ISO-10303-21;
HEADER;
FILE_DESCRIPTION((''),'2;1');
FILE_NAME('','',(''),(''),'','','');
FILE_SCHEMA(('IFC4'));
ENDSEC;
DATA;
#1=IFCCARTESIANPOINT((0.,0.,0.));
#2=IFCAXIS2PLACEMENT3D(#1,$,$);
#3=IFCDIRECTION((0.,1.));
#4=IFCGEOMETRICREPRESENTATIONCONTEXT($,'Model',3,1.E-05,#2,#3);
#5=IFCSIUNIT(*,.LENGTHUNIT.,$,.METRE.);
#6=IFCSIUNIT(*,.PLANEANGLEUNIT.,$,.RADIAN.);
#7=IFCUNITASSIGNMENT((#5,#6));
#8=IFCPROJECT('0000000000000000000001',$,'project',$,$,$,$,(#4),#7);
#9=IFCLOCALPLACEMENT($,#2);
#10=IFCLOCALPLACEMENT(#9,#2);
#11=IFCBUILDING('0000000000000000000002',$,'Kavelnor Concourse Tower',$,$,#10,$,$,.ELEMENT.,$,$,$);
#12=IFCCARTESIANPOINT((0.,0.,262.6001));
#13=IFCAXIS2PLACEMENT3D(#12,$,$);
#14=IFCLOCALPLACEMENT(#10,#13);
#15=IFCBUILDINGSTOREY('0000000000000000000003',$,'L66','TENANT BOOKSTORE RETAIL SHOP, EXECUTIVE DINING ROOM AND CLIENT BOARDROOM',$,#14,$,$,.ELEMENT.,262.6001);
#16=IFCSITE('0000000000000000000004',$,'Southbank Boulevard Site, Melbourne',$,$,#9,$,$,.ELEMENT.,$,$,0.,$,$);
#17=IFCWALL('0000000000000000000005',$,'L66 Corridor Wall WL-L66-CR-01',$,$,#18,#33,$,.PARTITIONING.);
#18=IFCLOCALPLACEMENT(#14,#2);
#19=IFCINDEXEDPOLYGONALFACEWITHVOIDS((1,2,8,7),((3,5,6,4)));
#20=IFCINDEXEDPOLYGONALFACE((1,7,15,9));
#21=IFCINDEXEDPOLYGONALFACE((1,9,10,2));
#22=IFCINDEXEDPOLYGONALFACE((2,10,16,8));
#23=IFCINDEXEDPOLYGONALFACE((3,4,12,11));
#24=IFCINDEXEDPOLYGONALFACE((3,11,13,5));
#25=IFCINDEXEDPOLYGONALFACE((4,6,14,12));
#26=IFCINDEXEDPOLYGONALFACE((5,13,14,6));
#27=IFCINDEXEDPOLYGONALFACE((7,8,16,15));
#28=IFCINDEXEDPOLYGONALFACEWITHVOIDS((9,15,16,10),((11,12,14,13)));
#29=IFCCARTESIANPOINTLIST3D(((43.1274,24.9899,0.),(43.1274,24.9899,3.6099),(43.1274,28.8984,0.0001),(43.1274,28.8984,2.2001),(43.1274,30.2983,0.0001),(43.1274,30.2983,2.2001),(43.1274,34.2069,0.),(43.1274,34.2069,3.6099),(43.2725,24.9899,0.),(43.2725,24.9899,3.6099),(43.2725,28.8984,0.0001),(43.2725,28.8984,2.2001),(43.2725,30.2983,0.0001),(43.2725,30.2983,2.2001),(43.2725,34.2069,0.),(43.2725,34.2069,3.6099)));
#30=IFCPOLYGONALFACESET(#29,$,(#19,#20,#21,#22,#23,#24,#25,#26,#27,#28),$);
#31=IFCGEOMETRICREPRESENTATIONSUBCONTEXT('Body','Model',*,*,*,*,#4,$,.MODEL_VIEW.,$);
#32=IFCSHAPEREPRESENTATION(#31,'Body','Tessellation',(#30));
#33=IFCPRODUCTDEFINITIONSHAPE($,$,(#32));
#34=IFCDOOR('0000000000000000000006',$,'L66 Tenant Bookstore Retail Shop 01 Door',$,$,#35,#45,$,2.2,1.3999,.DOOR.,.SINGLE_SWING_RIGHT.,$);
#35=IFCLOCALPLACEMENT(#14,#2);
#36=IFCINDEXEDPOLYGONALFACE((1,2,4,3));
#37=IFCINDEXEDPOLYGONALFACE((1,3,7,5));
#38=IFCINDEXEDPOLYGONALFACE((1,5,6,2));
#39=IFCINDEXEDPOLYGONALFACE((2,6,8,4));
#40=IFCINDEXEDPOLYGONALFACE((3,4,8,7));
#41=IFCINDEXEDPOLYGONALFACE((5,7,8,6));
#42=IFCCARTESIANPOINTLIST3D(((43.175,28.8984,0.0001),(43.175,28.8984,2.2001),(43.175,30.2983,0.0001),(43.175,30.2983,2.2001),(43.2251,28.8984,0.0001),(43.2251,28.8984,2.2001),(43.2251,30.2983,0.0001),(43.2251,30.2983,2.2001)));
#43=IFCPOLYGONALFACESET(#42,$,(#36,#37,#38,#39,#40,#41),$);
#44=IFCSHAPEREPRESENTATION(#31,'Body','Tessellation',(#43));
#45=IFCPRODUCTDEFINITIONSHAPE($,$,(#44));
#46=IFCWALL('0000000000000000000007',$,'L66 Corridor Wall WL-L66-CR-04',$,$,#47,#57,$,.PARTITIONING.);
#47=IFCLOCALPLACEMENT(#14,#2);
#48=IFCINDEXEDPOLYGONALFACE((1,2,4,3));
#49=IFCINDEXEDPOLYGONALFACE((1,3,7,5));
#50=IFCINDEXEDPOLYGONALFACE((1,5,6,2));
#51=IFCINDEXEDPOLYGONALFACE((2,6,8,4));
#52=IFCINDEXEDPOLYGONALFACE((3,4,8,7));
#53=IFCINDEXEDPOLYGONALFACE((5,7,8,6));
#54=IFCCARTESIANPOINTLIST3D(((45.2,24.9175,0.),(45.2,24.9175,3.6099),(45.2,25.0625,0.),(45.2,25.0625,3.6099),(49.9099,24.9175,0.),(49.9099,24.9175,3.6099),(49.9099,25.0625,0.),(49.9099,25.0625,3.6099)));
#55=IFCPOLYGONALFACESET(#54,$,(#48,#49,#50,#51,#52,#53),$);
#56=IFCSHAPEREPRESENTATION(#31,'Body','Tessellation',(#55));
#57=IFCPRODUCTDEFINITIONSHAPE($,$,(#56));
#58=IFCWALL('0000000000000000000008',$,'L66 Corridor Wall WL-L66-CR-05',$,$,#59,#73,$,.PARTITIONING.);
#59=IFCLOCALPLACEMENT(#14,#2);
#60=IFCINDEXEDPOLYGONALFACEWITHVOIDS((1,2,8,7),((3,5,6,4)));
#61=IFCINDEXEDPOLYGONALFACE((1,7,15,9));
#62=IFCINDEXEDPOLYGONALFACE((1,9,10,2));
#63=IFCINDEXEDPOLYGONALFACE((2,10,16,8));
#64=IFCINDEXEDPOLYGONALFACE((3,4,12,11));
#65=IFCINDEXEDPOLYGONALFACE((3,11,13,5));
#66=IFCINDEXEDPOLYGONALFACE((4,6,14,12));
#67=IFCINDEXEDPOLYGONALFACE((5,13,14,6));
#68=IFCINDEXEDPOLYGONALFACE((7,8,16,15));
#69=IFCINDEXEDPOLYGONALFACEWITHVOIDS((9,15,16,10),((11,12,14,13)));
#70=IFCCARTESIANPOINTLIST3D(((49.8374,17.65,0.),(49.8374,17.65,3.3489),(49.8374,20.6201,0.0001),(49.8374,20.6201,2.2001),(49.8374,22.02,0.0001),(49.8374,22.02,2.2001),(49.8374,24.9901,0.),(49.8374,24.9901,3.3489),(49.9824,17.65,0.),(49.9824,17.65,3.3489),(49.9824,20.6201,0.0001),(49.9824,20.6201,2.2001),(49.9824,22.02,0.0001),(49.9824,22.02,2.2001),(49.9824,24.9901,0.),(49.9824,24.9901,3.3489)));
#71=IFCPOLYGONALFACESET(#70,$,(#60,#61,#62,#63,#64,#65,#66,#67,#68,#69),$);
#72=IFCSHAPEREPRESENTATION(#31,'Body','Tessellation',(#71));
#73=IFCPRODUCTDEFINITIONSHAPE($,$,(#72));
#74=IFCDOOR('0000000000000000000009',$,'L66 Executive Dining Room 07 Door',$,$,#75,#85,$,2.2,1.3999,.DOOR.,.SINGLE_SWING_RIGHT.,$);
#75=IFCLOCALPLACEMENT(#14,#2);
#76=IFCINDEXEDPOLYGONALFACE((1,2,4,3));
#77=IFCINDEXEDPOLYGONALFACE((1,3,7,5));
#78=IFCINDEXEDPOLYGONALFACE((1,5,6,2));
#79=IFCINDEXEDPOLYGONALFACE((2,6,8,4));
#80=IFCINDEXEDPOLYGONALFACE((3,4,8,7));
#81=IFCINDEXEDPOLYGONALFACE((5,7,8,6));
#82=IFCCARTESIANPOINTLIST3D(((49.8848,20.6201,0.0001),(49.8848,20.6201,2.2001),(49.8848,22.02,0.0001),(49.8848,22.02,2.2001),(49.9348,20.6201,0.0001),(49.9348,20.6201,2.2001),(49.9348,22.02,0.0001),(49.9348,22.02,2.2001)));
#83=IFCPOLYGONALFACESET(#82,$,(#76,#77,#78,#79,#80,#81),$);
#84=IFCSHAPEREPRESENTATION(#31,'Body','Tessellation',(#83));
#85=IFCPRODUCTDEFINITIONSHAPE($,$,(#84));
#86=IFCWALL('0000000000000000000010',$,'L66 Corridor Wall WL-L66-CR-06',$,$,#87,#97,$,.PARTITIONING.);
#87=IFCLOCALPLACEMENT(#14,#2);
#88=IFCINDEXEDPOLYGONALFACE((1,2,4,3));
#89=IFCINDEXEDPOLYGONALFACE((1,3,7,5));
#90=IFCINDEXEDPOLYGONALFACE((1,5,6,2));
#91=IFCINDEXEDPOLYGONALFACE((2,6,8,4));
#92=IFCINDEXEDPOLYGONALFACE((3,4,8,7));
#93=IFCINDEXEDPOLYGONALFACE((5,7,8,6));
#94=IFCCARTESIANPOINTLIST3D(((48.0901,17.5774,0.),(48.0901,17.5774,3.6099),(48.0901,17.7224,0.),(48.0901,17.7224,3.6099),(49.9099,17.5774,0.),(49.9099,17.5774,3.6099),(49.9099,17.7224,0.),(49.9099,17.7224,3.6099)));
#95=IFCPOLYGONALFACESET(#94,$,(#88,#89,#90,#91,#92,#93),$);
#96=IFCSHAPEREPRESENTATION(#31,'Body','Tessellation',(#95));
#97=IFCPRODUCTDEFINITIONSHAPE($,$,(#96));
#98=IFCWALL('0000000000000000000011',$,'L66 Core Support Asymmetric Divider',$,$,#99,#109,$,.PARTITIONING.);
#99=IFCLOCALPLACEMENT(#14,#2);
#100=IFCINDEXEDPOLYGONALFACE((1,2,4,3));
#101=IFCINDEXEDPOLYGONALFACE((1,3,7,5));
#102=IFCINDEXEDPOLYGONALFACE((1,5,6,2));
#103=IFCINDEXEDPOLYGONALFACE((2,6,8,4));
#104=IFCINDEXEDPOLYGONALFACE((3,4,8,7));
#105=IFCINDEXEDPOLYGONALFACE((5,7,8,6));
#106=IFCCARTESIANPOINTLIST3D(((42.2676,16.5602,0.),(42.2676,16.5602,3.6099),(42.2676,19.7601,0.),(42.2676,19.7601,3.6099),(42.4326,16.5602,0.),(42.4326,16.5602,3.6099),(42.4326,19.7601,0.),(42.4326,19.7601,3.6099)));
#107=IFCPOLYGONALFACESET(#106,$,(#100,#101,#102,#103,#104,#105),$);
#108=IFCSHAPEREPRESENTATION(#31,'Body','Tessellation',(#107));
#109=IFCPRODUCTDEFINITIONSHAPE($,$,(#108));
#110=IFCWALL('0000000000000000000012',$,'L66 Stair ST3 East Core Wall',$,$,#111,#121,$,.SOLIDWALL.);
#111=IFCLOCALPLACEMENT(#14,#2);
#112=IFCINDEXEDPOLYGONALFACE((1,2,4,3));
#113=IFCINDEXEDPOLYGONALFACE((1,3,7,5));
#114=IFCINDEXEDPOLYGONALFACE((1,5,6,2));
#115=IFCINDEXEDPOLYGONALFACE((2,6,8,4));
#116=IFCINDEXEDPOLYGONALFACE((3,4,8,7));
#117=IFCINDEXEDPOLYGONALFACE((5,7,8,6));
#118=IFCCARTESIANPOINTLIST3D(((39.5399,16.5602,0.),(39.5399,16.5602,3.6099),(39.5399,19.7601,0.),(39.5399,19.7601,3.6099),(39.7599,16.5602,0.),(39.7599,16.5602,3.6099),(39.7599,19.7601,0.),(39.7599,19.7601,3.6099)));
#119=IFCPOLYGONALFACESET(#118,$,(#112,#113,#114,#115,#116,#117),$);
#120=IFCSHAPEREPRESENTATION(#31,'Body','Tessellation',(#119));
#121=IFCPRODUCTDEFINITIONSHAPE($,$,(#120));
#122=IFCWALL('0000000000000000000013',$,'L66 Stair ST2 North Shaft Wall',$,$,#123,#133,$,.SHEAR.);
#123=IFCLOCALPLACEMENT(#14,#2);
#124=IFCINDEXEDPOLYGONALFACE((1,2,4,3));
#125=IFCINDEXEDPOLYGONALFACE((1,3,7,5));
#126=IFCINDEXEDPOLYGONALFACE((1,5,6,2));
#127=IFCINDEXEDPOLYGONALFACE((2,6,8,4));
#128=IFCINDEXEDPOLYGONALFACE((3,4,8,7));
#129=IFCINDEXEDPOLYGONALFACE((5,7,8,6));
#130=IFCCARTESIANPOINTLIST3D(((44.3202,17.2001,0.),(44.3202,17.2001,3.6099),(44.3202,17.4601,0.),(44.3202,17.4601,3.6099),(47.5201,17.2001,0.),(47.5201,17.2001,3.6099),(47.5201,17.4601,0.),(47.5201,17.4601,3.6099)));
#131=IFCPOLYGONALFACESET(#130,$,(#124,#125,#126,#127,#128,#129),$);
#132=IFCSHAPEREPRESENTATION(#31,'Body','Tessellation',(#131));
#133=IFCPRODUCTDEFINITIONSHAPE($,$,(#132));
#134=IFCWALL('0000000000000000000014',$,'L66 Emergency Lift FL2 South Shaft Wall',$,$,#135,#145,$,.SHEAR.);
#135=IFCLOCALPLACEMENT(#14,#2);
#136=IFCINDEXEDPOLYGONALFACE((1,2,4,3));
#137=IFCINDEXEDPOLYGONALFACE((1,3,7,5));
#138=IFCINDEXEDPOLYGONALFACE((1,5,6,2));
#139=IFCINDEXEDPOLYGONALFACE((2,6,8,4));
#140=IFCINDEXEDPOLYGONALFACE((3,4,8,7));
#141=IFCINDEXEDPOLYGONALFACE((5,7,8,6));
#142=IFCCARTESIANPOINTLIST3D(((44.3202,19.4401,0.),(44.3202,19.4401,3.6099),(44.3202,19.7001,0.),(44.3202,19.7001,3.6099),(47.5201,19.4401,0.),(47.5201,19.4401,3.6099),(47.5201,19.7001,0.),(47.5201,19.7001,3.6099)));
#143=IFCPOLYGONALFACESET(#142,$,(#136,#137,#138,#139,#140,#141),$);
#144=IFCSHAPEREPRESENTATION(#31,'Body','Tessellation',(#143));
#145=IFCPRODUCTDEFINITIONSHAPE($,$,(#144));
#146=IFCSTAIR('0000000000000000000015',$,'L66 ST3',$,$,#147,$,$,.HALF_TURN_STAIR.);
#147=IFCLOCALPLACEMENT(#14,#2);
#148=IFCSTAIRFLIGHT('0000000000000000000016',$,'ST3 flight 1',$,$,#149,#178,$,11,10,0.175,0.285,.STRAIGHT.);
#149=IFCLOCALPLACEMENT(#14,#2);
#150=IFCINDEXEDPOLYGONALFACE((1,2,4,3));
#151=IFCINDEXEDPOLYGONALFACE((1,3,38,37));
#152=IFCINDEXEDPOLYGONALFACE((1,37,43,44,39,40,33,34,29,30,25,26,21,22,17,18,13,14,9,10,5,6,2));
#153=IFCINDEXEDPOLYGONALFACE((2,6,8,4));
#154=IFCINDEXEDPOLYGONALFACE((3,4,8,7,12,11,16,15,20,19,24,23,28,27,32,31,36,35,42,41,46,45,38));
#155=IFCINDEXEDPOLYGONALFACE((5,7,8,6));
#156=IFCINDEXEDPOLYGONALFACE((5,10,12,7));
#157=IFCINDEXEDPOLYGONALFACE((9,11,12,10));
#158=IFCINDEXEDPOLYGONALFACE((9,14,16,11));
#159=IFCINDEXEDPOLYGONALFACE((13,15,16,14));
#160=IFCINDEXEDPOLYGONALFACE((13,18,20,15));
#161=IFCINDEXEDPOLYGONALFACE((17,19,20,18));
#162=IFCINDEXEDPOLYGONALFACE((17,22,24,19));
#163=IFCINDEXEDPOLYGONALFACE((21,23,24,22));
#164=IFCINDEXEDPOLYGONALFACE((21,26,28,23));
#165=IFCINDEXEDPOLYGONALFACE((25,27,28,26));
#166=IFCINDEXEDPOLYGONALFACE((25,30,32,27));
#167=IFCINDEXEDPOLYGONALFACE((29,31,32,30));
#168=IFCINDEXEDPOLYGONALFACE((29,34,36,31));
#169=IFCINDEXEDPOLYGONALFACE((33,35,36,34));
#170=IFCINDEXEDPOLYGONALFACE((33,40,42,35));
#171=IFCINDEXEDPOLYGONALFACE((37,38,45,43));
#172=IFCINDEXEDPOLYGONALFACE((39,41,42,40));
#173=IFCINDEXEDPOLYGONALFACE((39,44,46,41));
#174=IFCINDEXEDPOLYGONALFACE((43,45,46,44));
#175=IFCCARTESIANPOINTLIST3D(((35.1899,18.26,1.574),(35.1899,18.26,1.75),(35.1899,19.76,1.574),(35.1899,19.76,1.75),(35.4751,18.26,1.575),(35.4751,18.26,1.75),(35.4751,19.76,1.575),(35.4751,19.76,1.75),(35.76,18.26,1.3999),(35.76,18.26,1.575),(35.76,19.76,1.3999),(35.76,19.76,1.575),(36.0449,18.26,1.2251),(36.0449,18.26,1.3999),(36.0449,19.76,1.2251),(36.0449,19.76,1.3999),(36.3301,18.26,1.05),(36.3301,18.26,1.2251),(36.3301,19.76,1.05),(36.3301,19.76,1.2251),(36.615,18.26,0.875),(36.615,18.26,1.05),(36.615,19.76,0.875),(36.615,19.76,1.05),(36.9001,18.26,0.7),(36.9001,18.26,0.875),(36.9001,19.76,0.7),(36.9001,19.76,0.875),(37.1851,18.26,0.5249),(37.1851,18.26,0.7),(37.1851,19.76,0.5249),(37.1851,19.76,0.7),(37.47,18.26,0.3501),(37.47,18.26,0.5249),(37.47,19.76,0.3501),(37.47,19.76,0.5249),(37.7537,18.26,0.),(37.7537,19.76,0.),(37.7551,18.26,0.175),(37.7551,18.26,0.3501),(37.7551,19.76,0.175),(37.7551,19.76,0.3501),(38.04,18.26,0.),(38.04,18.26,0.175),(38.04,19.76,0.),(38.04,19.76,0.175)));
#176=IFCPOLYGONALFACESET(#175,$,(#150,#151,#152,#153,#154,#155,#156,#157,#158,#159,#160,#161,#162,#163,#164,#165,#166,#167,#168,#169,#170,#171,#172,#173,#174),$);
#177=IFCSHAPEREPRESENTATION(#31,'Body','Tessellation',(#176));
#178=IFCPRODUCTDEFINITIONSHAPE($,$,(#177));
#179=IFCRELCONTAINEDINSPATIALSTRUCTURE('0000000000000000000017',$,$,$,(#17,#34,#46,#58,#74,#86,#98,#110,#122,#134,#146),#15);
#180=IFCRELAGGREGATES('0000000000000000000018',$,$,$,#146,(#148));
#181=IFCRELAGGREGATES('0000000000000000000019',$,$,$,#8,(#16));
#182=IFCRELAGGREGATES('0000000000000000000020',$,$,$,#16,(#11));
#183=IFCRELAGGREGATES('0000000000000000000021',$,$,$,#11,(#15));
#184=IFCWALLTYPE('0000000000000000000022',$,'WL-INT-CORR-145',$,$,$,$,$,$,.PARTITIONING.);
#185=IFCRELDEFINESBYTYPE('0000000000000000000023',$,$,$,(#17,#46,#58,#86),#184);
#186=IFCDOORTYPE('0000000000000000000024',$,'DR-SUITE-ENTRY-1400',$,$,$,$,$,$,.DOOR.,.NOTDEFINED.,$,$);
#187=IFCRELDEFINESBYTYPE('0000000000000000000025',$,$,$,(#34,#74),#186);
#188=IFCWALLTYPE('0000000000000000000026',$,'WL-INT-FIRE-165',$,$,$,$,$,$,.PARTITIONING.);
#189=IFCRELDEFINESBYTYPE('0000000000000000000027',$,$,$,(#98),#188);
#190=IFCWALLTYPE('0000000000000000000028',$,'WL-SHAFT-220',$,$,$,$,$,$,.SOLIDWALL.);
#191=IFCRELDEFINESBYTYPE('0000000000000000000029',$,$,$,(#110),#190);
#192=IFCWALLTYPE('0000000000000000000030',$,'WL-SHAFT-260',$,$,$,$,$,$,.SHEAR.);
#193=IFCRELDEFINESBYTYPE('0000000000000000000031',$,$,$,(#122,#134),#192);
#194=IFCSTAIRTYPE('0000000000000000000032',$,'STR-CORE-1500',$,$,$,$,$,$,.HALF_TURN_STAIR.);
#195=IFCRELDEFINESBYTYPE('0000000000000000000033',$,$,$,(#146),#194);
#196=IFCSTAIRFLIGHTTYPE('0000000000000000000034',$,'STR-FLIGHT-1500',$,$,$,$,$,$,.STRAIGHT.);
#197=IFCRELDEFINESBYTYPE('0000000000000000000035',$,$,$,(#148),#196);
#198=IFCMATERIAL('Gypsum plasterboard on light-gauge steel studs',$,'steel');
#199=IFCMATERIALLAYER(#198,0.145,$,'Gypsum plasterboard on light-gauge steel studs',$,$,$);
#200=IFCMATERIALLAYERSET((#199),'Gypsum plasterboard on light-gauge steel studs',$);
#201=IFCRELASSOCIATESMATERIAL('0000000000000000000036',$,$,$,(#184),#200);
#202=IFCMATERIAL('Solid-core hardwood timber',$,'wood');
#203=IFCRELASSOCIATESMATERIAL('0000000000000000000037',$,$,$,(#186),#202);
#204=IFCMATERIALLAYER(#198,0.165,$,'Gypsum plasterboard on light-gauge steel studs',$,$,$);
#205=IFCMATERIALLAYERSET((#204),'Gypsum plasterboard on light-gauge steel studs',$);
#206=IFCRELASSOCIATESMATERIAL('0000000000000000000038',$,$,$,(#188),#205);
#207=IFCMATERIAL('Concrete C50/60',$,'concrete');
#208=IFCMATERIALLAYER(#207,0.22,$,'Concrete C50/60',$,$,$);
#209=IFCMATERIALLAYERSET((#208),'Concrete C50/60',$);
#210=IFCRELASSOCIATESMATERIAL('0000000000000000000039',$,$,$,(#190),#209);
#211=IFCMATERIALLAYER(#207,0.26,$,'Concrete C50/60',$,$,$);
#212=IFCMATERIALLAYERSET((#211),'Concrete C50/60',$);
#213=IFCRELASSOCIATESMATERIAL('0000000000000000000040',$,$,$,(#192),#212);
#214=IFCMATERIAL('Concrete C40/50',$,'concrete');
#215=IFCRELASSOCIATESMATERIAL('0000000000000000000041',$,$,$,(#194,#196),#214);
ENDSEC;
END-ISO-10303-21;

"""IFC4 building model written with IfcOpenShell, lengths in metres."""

from ifc_helpers import new_model, si_unit, direction, frame, frame_2d, origin, place, context, subcontext, project, spatial, polyline, rectangle, outline, extrude, material, layer, layer_set, type_object, element, fill, aggregate, save


model = new_model("IFC4")

# Units and contexts
model_context = context("Model", 3, precision=1e-05, world=origin(), true_north=direction((0.0, 1.0)))
body_context = subcontext(model_context, "Body", "Model", "MODEL_VIEW")
ifc_project = project(units=[si_unit("LENGTHUNIT", "METRE"), si_unit("PLANEANGLEUNIT", "RADIAN")], contexts=[model_context])

# Site, building, storey
site_placement = place(None, origin())
site = spatial("IfcSite", under=ifc_project, at=site_placement, Name="Southbank Boulevard Site, Melbourne", CompositionType="ELEMENT", RefElevation=0.0)
building_placement = place(site_placement, origin())
building = spatial("IfcBuilding", under=site, at=building_placement, Name="Kavelnor Concourse Tower", CompositionType="ELEMENT")
storey_placement = place(building_placement, frame((0.0, 0.0, 262.6001)))
storey = spatial("IfcBuildingStorey", under=building, at=storey_placement, Name="L66", Description="TENANT BOOKSTORE RETAIL SHOP, EXECUTIVE DINING ROOM AND CLIENT BOARDROOM", CompositionType="ELEMENT", Elevation=262.6001)

# Wall, opening, door
ifc_material_1 = material(Name="Gypsum plasterboard on light-gauge steel studs", Category="steel")
ifc_layer_1 = layer(ifc_material_1, 0.145, Name="Gypsum plasterboard on light-gauge steel studs")
ifc_layer_set_1 = layer_set([ifc_layer_1], Name="Gypsum plasterboard on light-gauge steel studs")
wall_type_1 = type_object("IfcWallType", Name="WL-INT-CORR-145", PredefinedType="PARTITIONING", material=ifc_layer_set_1)
wall_1_placement = place(storey_placement, frame((43.2, 24.99, 0.0), z_axis=(0.0, 0.0, 1.0), x_axis=(0.0, 1.0, 0.0)))
wall_1 = element("IfcWall", 1, at=wall_1_placement, inside=storey, type_object=wall_type_1, Name="L66 Corridor Wall WL-L66-CR-01", PredefinedType="PARTITIONING", context=body_context, shape_type="SweptSolid", body=[
    extrude(rectangle(XDim=9.217, YDim=0.145, at=frame_2d((4.6084, 0.0))), origin(), (0.0, 0.0, 1.0), 3.6099),
])
opening_1_placement = place(wall_1_placement, frame((3.9084, 0.0, 0.0)))
opening_1 = element("IfcOpeningElement", 2, at=opening_1_placement, cuts=wall_1, PredefinedType="OPENING", context=body_context, shape_type="SweptSolid", body=[
    extrude(rectangle(XDim=1.3999, YDim=2.2, at=frame_2d((0.7, 1.1001))), frame((0.0, 0.0825, 0.0), z_axis=(0.0, -1.0, 0.0), x_axis=(1.0, 0.0, 0.0)), (0.0, 0.0, 1.0), 0.165),
])
ifc_material_2 = material(Name="Solid-core hardwood timber", Category="wood")
door_type = type_object("IfcDoorType", Name="DR-SUITE-ENTRY-1400", OperationType="NOTDEFINED", PredefinedType="DOOR", material=ifc_material_2)
door_1_placement = place(opening_1_placement, origin())
door_1 = element("IfcDoor", 3, at=door_1_placement, inside=storey, type_object=door_type, Name="L66 Tenant Bookstore Retail Shop 01 Door", OperationType="SINGLE_SWING_RIGHT", OverallHeight=2.2, OverallWidth=1.3999, PredefinedType="DOOR", context=body_context, shape_type="SweptSolid", body=[
    extrude(rectangle(XDim=1.3999, YDim=2.2, at=frame_2d((0.7, 1.1001))), frame((0.0, 0.0249, 0.0), z_axis=(0.0, -1.0, 0.0), x_axis=(1.0, 0.0, 0.0)), (0.0, 0.0, 1.0), 0.05),
])
fill(opening_1, door_1)

# Wall
wall_2_placement = place(storey_placement, frame((45.2, 24.99, 0.0), z_axis=(0.0, 0.0, 1.0), x_axis=(1.0, 0.0, 0.0)))
element("IfcWall", 4, at=wall_2_placement, inside=storey, type_object=wall_type_1, Name="L66 Corridor Wall WL-L66-CR-04", PredefinedType="PARTITIONING", context=body_context, shape_type="SweptSolid", body=[
    extrude(rectangle(XDim=4.71, YDim=0.145, at=frame_2d((2.355, 0.0))), origin(), (0.0, 0.0, 1.0), 3.6099),
])

# Wall, opening, door
wall_3_placement = place(storey_placement, frame((49.9099, 24.99, 0.0), z_axis=(0.0, 0.0, 1.0), x_axis=(0.0, -1.0, 0.0)))
wall_3 = element("IfcWall", 5, at=wall_3_placement, inside=storey, type_object=wall_type_1, Name="L66 Corridor Wall WL-L66-CR-05", PredefinedType="PARTITIONING", context=body_context, shape_type="SweptSolid", body=[
    extrude(rectangle(XDim=7.3401, YDim=0.145, at=frame_2d((3.6699, 0.0))), origin(), (0.0, 0.0, 1.0), 3.3489),
])
opening_2_placement = place(wall_3_placement, frame((2.97, 0.0, 0.0)))
opening_2 = element("IfcOpeningElement", 6, at=opening_2_placement, cuts=wall_3, PredefinedType="OPENING", context=body_context, shape_type="SweptSolid", body=[
    extrude(rectangle(XDim=1.3999, YDim=2.2, at=frame_2d((0.7, 1.1001))), frame((0.0, 0.0825, 0.0), z_axis=(0.0, -1.0, 0.0), x_axis=(1.0, 0.0, 0.0)), (0.0, 0.0, 1.0), 0.165),
])
door_2_placement = place(opening_2_placement, origin())
door_2 = element("IfcDoor", 7, at=door_2_placement, inside=storey, type_object=door_type, Name="L66 Executive Dining Room 07 Door", OperationType="SINGLE_SWING_RIGHT", OverallHeight=2.2, OverallWidth=1.3999, PredefinedType="DOOR", context=body_context, shape_type="SweptSolid", body=[
    extrude(rectangle(XDim=1.3999, YDim=2.2, at=frame_2d((0.7, 1.1001))), frame((0.0, 0.0249, 0.0), z_axis=(0.0, -1.0, 0.0), x_axis=(1.0, 0.0, 0.0)), (0.0, 0.0, 1.0), 0.05),
])
fill(opening_2, door_2)

# Walls
wall_4_placement = place(storey_placement, frame((49.9099, 17.6499, 0.0), z_axis=(0.0, 0.0, 1.0), x_axis=(-1.0, 0.0, 0.0)))
element("IfcWall", 8, at=wall_4_placement, inside=storey, type_object=wall_type_1, Name="L66 Corridor Wall WL-L66-CR-06", PredefinedType="PARTITIONING", context=body_context, shape_type="SweptSolid", body=[
    extrude(rectangle(XDim=1.8198, YDim=0.145, at=frame_2d((0.9099, 0.0))), origin(), (0.0, 0.0, 1.0), 3.6099),
])
ifc_layer_2 = layer(ifc_material_1, 0.165, Name="Gypsum plasterboard on light-gauge steel studs")
ifc_layer_set_2 = layer_set([ifc_layer_2], Name="Gypsum plasterboard on light-gauge steel studs")
wall_type_2 = type_object("IfcWallType", Name="WL-INT-FIRE-165", PredefinedType="PARTITIONING", material=ifc_layer_set_2)
wall_5_placement = place(storey_placement, frame((42.3501, 16.5601, 0.0), z_axis=(0.0, 0.0, 1.0), x_axis=(0.0, 1.0, 0.0)))
element("IfcWall", 9, at=wall_5_placement, inside=storey, type_object=wall_type_2, Name="L66 Core Support Asymmetric Divider", PredefinedType="PARTITIONING", context=body_context, shape_type="SweptSolid", body=[
    extrude(rectangle(XDim=3.2, YDim=0.165, at=frame_2d((1.6001, 0.0))), origin(), (0.0, 0.0, 1.0), 3.6099),
])
ifc_material_3 = material(Name="Concrete C50/60", Category="concrete")
ifc_layer_3 = layer(ifc_material_3, 0.22, Name="Concrete C50/60")
ifc_layer_set_3 = layer_set([ifc_layer_3], Name="Concrete C50/60")
wall_type_3 = type_object("IfcWallType", Name="WL-SHAFT-220", PredefinedType="SOLIDWALL", material=ifc_layer_set_3)
wall_6_placement = place(storey_placement, frame((39.6499, 16.5601, 0.0), z_axis=(0.0, 0.0, 1.0), x_axis=(0.0, 1.0, 0.0)))
element("IfcWall", 10, at=wall_6_placement, inside=storey, type_object=wall_type_3, Name="L66 Stair ST3 East Core Wall", PredefinedType="SOLIDWALL", context=body_context, shape_type="SweptSolid", body=[
    extrude(rectangle(XDim=3.2, YDim=0.22, at=frame_2d((1.6001, 0.0))), origin(), (0.0, 0.0, 1.0), 3.6099),
])
ifc_layer_4 = layer(ifc_material_3, 0.26, Name="Concrete C50/60")
ifc_layer_set_4 = layer_set([ifc_layer_4], Name="Concrete C50/60")
wall_type_4 = type_object("IfcWallType", Name="WL-SHAFT-260", PredefinedType="SHEAR", material=ifc_layer_set_4)
for number, where, z_axis, x_axis, name in (
    (11, (44.3201, 17.3301, 0.0), (0.0, 0.0, 1.0), (1.0, 0.0, 0.0), "L66 Stair ST2 North Shaft Wall"),
    (12, (44.3201, 19.5701, 0.0), (0.0, 0.0, 1.0), (1.0, 0.0, 0.0), "L66 Emergency Lift FL2 South Shaft Wall"),
):
    element("IfcWall", number, at=place(storey_placement, frame(where, z_axis=z_axis, x_axis=x_axis)), inside=storey, type_object=wall_type_4, Name=name, PredefinedType="SHEAR", context=body_context, shape_type="SweptSolid", body=[
        extrude(rectangle(XDim=3.2, YDim=0.26, at=frame_2d((1.6001, 0.0))), origin(), (0.0, 0.0, 1.0), 3.6099),
    ])

# Stair, stair flight
ifc_material_4 = material(Name="Concrete C40/50", Category="concrete")
stair_type = type_object("IfcStairType", Name="STR-CORE-1500", PredefinedType="HALF_TURN_STAIR", material=ifc_material_4)
stair_placement = place(storey_placement, origin())
stair = element("IfcStair", 13, at=stair_placement, inside=storey, type_object=stair_type, Name="L66 ST3", PredefinedType="HALF_TURN_STAIR")
stair_flight_type = type_object("IfcStairFlightType", Name="STR-FLIGHT-1500", PredefinedType="STRAIGHT", material=ifc_material_4)
stair_flight_placement = place(storey_placement, frame((38.04, 19.01, 0.0), z_axis=(0.0, 0.0, 1.0), x_axis=(-1.0, 0.0, 0.0)))
stair_flight = element("IfcStairFlight", 14, at=stair_flight_placement, type_object=stair_flight_type, Name="ST3 flight 1", NumberOfRisers=11, NumberOfTreads=10, PredefinedType="STRAIGHT", RiserHeight=0.175, TreadLength=0.285, context=body_context, shape_type="SweptSolid", body=[
    extrude(outline(polyline([(0.0, 0.0), (0.0, 0.175), (0.2849, 0.175), (0.2849, 0.3501), (0.5701, 0.3501), (0.5701, 0.5249), (0.855, 0.5249), (0.855, 0.7), (1.1399, 0.7), (1.1399, 0.875), (1.425, 0.875), (1.425, 1.05), (1.71, 1.05), (1.71, 1.2251), (1.9951, 1.2251), (1.9951, 1.3999), (2.28, 1.3999), (2.28, 1.575), (2.5649, 1.575), (2.5649, 1.75), (2.8501, 1.75), (2.8501, 1.925), (2.8501, 1.574), (0.2864, 0.0), (0.0, 0.0)])), frame((0.0, 0.75, 0.0), z_axis=(0.0, -1.0, 0.0), x_axis=(1.0, 0.0, 0.0)), (0.0, 0.0, 1.0), 1.5),
])
aggregate(stair, [stair_flight])

save(model, "model.ifc")
